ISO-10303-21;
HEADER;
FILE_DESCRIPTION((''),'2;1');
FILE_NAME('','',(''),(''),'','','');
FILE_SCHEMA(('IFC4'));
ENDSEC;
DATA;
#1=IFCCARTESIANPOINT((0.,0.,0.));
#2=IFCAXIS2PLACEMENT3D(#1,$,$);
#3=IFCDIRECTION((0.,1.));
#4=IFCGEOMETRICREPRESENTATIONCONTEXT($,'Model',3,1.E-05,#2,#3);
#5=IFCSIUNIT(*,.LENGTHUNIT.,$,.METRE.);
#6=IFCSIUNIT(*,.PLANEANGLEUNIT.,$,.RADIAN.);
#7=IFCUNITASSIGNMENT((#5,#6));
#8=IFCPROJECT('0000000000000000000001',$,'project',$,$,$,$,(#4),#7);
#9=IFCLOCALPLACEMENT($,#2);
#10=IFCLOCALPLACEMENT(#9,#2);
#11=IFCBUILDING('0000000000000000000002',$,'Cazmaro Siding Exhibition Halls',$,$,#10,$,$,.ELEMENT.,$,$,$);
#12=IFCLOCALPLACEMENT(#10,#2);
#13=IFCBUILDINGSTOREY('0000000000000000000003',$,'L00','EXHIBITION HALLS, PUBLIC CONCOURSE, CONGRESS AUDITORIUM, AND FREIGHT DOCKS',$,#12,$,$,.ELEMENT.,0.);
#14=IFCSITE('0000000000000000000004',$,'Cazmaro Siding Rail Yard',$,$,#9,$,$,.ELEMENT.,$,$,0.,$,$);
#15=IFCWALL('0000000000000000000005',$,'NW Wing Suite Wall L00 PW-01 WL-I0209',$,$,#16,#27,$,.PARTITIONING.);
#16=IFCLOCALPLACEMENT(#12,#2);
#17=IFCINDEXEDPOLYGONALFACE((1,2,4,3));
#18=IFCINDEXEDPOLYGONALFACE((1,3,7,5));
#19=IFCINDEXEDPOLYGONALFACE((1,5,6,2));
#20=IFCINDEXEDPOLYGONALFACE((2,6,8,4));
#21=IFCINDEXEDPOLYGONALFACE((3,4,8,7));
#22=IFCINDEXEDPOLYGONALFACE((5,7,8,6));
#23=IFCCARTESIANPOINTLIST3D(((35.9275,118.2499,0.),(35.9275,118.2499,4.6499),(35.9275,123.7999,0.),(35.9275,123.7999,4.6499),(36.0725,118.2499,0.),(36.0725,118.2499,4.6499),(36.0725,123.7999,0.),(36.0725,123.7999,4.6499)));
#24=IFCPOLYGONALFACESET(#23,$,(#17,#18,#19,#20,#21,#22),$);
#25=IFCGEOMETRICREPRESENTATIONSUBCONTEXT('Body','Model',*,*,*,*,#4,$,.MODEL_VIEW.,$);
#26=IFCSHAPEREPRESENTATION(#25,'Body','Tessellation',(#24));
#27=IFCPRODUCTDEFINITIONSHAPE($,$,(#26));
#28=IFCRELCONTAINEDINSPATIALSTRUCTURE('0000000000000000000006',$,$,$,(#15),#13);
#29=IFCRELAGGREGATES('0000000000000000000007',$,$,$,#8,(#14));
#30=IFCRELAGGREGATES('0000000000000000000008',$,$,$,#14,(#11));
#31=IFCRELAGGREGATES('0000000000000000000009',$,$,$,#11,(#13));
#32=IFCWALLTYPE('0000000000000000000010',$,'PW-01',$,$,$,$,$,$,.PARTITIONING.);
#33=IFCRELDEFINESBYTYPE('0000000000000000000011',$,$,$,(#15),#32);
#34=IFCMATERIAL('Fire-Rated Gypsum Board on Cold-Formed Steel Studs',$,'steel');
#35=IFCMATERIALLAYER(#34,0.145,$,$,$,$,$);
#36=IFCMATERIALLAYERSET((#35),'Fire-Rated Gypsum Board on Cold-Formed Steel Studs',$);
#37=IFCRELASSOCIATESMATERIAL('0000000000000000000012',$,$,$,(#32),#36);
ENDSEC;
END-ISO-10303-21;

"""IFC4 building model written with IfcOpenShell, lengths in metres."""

from ifc_helpers import new_model, si_unit, direction, frame, frame_2d, origin, place, context, subcontext, project, spatial, rectangle, extrude, material, layer, layer_set, type_object, element, save


model = new_model("IFC4")

# Units and contexts
model_context = context("Model", 3, precision=1e-05, world=origin(), true_north=direction((0.0, 1.0)))
body_context = subcontext(model_context, "Body", "Model", "MODEL_VIEW")
ifc_project = project(units=[si_unit("LENGTHUNIT", "METRE"), si_unit("PLANEANGLEUNIT", "RADIAN")], contexts=[model_context])

# Site, building, storey
site_placement = place(None, origin())
site = spatial("IfcSite", under=ifc_project, at=site_placement, Name="Cazmaro Siding Rail Yard", CompositionType="ELEMENT", RefElevation=0.0)
building_placement = place(site_placement, origin())
building = spatial("IfcBuilding", under=site, at=building_placement, Name="Cazmaro Siding Exhibition Halls", CompositionType="ELEMENT")
storey_placement = place(building_placement, origin())
storey = spatial("IfcBuildingStorey", under=building, at=storey_placement, Name="L00", Description="EXHIBITION HALLS, PUBLIC CONCOURSE, CONGRESS AUDITORIUM, AND FREIGHT DOCKS", CompositionType="ELEMENT", Elevation=0.0)

# Wall
ifc_material_1 = material(Name="Fire-Rated Gypsum Board on Cold-Formed Steel Studs", Category="steel")
ifc_layer_1 = layer(ifc_material_1, 0.145)
ifc_layer_set_1 = layer_set([ifc_layer_1], Name="Fire-Rated Gypsum Board on Cold-Formed Steel Studs")
wall_type_1 = type_object("IfcWallType", Name="PW-01", PredefinedType="PARTITIONING", material=ifc_layer_set_1)
wall_1_placement = place(storey_placement, frame((36.0, 118.25, 0.0), z_axis=(0.0, 0.0, 1.0), x_axis=(0.0, 1.0, 0.0)))
element("IfcWall", 1, at=wall_1_placement, inside=storey, type_object=wall_type_1, Name="NW Wing Suite Wall L00 PW-01 WL-I0209", PredefinedType="PARTITIONING", context=body_context, shape_type="SweptSolid", body=[
    extrude(rectangle(XDim=5.55, YDim=0.145, at=frame_2d((2.7749, 0.0))), origin(), (0.0, 0.0, 1.0), 4.6499),
])

save(model, "model.ifc")
